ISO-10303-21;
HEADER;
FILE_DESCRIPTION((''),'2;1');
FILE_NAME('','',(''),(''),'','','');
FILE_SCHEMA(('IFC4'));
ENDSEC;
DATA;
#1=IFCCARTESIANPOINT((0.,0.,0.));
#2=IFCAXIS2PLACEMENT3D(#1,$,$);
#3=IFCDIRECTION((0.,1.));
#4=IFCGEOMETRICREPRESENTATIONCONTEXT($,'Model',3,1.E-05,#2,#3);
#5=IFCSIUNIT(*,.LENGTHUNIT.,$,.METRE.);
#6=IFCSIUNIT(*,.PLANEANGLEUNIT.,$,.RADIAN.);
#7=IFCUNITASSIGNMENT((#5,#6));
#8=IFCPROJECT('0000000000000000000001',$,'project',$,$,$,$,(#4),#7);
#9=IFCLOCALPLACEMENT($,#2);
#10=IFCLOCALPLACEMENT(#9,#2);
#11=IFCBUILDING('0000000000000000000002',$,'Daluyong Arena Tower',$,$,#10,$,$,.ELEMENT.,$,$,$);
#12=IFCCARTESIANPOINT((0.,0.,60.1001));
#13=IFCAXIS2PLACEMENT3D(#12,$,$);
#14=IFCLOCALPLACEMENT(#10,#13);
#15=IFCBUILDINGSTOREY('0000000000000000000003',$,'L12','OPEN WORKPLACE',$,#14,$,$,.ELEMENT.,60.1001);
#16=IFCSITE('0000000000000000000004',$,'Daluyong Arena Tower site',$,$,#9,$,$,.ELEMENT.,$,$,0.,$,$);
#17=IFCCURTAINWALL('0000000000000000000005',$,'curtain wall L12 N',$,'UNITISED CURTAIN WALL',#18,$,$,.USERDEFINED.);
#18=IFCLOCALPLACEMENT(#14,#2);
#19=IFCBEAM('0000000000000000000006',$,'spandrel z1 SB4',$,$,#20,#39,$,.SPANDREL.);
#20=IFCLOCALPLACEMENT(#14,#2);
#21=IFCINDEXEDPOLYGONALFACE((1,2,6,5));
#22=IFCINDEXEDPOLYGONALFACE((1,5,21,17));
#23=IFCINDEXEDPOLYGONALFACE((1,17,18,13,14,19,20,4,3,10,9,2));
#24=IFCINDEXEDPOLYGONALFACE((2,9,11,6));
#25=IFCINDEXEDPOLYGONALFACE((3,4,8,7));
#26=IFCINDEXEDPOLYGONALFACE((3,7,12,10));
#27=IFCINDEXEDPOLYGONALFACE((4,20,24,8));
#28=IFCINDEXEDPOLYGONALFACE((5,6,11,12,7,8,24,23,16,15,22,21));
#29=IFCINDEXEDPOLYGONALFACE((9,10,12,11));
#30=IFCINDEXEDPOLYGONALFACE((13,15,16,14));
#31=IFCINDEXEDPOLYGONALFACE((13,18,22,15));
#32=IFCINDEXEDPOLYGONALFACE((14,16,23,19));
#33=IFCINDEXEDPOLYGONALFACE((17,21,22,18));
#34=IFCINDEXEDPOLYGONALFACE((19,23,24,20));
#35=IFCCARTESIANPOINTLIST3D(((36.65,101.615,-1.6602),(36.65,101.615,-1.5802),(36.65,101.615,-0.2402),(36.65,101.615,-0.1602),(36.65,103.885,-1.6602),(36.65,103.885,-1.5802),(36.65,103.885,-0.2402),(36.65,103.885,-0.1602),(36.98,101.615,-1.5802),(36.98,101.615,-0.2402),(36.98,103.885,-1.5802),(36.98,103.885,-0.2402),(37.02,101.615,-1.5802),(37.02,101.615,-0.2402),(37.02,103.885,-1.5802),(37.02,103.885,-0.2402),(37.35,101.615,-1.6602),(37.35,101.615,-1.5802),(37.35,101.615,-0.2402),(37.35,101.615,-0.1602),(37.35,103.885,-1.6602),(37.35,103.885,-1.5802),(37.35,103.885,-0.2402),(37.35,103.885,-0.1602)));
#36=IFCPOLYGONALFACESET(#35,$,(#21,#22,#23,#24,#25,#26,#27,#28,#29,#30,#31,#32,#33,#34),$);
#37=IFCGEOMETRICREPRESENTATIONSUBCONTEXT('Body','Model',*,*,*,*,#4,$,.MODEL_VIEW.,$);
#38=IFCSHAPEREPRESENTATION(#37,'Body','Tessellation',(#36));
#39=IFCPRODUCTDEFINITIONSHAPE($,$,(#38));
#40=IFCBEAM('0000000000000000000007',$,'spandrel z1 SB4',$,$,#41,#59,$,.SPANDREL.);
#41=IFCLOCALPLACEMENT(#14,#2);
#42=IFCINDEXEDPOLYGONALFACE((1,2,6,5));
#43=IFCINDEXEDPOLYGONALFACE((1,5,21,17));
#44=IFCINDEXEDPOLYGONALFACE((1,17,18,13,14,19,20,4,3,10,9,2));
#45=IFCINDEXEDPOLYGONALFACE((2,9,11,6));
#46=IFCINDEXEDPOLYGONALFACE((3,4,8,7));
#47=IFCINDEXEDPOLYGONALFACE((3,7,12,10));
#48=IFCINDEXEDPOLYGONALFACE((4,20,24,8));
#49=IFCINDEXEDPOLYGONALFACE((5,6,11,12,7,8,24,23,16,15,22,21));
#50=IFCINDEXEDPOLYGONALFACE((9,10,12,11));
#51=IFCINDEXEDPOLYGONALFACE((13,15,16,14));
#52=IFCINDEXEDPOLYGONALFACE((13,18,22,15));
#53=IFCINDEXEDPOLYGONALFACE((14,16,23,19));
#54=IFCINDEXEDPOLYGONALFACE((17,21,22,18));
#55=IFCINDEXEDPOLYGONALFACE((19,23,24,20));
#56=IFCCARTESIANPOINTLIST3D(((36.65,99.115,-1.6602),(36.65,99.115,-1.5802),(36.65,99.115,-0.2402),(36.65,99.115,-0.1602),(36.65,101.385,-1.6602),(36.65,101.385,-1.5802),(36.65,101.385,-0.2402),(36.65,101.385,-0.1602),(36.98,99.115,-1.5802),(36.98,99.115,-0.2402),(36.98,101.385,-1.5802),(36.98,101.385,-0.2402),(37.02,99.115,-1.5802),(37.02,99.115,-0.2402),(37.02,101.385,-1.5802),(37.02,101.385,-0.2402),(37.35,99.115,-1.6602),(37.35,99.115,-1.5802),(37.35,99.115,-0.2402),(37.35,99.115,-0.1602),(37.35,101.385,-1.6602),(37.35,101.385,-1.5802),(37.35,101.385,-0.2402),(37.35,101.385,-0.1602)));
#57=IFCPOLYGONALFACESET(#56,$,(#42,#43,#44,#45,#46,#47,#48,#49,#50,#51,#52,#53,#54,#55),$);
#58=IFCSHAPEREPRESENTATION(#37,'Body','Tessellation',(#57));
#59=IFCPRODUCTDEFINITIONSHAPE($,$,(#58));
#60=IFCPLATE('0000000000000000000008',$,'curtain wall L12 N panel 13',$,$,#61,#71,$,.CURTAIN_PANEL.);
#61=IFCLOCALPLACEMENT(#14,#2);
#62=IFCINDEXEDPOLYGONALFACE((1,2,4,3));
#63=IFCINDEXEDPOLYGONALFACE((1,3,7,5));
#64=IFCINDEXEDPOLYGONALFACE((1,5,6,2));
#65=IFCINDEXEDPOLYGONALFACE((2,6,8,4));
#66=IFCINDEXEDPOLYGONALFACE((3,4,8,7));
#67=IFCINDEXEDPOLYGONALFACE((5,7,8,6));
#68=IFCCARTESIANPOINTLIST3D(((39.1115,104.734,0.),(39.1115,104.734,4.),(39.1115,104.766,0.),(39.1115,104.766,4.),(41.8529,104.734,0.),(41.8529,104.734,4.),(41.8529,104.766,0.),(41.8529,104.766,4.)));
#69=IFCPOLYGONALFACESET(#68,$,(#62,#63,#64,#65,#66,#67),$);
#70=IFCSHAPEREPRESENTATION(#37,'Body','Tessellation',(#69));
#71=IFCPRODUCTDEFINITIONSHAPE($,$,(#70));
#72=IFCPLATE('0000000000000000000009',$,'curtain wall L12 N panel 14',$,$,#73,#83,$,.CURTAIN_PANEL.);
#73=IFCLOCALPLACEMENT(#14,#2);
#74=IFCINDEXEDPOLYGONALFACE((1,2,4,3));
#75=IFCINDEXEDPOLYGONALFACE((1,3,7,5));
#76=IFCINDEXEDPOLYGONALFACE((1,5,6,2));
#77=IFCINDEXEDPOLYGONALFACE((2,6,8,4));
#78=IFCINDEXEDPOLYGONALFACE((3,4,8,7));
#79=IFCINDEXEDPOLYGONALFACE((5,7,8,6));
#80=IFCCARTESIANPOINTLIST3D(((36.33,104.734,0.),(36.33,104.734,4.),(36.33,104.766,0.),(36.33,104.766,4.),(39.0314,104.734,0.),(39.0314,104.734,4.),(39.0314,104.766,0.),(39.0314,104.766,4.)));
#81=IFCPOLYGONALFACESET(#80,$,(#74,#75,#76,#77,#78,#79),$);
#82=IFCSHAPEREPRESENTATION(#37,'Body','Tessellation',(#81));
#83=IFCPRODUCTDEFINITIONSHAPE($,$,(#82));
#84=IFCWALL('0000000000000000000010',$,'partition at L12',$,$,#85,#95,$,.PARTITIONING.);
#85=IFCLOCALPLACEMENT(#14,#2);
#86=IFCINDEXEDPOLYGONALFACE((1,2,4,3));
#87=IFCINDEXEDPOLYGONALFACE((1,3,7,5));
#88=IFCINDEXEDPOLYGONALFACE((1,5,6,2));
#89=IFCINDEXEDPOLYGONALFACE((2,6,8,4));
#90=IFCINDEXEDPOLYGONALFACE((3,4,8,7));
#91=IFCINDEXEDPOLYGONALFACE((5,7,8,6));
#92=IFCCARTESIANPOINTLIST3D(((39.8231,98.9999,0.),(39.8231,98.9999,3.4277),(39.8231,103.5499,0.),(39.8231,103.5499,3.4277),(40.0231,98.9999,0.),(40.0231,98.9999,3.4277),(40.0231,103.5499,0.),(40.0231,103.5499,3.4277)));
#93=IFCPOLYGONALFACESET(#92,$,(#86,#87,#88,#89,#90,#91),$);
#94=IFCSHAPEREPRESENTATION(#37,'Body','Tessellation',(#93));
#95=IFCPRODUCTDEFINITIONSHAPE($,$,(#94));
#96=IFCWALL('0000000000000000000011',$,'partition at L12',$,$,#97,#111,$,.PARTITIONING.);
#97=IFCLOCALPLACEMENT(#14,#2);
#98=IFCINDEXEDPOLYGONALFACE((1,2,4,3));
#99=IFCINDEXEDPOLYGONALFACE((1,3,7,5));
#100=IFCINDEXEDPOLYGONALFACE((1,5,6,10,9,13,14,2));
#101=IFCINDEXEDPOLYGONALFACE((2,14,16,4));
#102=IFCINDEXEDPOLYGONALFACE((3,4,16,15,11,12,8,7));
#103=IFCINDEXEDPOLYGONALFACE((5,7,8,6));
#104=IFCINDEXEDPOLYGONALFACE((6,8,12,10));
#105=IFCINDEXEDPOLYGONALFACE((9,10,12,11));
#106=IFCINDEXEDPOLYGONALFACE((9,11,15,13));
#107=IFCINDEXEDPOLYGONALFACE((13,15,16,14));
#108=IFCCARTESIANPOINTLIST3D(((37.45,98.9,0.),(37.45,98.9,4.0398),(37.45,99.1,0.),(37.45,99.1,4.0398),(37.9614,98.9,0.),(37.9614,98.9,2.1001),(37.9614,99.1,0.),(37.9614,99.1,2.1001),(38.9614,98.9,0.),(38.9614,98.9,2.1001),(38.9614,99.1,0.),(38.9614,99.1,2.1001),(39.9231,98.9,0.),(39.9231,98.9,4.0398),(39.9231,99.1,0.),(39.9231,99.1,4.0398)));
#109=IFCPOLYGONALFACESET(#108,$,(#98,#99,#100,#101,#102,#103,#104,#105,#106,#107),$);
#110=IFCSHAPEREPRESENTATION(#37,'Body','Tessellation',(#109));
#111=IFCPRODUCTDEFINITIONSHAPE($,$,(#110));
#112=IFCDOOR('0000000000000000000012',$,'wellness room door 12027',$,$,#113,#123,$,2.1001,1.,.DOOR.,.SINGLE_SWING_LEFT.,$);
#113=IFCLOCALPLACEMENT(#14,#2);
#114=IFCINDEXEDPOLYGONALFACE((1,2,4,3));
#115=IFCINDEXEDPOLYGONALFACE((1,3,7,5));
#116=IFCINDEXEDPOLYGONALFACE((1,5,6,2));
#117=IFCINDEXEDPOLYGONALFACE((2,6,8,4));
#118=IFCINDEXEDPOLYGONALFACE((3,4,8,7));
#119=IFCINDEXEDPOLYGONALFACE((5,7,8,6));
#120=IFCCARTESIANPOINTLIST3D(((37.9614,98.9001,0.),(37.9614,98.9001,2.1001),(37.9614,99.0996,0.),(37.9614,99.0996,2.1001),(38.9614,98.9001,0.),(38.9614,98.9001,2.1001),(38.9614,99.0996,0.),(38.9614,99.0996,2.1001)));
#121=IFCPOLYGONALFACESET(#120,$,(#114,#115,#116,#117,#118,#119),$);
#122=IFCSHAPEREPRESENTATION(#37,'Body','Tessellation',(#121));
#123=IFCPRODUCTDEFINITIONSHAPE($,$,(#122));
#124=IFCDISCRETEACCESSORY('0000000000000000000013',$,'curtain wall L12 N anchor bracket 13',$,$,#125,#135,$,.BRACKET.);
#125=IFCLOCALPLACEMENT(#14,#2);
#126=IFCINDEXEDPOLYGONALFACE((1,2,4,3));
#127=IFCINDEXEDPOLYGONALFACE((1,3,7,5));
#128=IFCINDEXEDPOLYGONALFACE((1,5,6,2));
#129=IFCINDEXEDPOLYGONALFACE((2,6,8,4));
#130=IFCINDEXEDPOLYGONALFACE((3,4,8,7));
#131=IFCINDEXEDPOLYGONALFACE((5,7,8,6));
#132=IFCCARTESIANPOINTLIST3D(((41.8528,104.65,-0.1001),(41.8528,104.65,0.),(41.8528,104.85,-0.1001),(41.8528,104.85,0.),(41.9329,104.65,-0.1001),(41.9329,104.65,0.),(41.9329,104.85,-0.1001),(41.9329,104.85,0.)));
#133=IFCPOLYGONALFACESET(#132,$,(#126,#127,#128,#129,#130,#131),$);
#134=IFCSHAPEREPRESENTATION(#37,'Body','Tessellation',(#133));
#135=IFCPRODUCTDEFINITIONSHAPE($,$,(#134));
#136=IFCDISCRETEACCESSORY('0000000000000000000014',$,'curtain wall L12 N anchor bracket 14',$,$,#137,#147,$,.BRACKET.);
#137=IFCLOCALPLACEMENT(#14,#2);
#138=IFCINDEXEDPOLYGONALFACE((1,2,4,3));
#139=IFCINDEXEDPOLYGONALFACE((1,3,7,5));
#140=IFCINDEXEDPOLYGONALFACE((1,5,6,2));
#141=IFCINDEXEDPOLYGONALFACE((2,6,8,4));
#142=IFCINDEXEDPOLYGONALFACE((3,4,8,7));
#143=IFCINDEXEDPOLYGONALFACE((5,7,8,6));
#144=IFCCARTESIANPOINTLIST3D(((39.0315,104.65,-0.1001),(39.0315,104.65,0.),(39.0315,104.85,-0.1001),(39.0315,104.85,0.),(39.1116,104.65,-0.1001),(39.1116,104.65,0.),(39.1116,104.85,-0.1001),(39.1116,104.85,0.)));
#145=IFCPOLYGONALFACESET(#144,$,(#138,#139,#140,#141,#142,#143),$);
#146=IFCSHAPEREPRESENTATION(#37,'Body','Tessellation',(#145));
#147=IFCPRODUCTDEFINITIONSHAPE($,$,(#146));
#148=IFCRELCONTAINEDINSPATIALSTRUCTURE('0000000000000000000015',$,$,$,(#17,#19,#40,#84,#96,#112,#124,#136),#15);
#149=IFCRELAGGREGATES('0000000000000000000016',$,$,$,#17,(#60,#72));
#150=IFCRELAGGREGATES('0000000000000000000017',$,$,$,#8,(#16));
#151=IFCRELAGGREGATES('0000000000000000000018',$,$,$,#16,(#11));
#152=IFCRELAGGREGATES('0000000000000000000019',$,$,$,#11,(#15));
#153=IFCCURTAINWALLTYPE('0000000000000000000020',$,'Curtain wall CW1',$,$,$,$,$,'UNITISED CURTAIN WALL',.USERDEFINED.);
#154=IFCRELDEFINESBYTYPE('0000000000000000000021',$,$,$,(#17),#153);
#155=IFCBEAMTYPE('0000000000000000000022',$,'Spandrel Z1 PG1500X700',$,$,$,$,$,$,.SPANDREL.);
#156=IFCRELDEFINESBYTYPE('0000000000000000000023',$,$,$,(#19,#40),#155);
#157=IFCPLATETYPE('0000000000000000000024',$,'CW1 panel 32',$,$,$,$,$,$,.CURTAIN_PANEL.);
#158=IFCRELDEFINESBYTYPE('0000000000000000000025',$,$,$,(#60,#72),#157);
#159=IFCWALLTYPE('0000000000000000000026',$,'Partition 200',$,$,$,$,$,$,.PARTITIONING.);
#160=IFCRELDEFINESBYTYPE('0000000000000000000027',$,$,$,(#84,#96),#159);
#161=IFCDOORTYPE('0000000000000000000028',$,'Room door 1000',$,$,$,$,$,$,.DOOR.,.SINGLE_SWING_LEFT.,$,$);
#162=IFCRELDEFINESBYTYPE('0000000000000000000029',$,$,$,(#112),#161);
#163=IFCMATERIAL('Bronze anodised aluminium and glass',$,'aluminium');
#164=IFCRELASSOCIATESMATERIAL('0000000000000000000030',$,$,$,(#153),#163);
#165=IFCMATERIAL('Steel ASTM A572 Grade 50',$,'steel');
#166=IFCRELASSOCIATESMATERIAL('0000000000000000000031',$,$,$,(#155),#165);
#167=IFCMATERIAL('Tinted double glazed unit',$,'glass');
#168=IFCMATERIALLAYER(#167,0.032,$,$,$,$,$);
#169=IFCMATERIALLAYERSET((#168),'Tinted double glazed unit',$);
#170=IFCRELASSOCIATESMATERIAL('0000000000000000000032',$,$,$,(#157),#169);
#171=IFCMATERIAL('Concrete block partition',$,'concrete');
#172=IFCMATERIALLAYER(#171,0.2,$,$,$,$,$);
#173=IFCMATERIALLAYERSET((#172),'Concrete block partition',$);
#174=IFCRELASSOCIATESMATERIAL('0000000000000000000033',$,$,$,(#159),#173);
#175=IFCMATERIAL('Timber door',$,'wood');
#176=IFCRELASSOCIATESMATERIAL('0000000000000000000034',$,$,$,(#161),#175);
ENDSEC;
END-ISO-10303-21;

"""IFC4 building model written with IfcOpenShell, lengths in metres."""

from ifc_helpers import new_model, si_unit, direction, frame, frame_2d, origin, origin_2d, place, context, subcontext, project, spatial, rectangle, i_section, extrude, material, layer, layer_set, material_profile, profile_set, type_object, element, fill, aggregate, save


model = new_model("IFC4")

# Units and contexts
model_context = context("Model", 3, precision=1e-05, world=origin(), true_north=direction((0.0, 1.0)))
body_context = subcontext(model_context, "Body", "Model", "MODEL_VIEW")
ifc_project = project(units=[si_unit("LENGTHUNIT", "METRE"), si_unit("PLANEANGLEUNIT", "RADIAN")], contexts=[model_context])

# Site, building, storey
site_placement = place(None, origin())
site = spatial("IfcSite", under=ifc_project, at=site_placement, Name="Daluyong Arena Tower site", CompositionType="ELEMENT", RefElevation=0.0)
building_placement = place(site_placement, origin())
building = spatial("IfcBuilding", under=site, at=building_placement, Name="Daluyong Arena Tower", CompositionType="ELEMENT")
storey_placement = place(building_placement, frame((0.0, 0.0, 60.1001)))
storey = spatial("IfcBuildingStorey", under=building, at=storey_placement, Name="L12", Description="OPEN WORKPLACE", CompositionType="ELEMENT", Elevation=60.1001)

# Curtain wall
ifc_material_1 = material(Name="Bronze anodised aluminium and glass", Category="aluminium")
curtain_wall_type = type_object("IfcCurtainWallType", Name="Curtain wall CW1", ElementType="UNITISED CURTAIN WALL", PredefinedType="USERDEFINED", material=ifc_material_1)
curtain_wall_placement = place(storey_placement, origin())
curtain_wall = element("IfcCurtainWall", 1, at=curtain_wall_placement, inside=storey, type_object=curtain_wall_type, Name="curtain wall L12 N", ObjectType="UNITISED CURTAIN WALL", PredefinedType="USERDEFINED")

# Beams
ifc_material_2 = material(Name="Steel ASTM A572 Grade 50", Category="steel")
ifc_material_profile_1 = material_profile(ifc_material_2, i_section(OverallWidth=0.7, OverallDepth=1.5, WebThickness=0.04, FlangeThickness=0.08, at=origin_2d()))
ifc_profile_set_1 = profile_set([ifc_material_profile_1], Name="Steel ASTM A572 Grade 50")
beam_type_1 = type_object("IfcBeamType", Name="Spandrel Z1 PG1500X700", PredefinedType="SPANDREL", material=ifc_profile_set_1)
for number, where, z_axis, x_axis, name in (
    (2, (37.0, 103.885, -0.9102), (0.0, -1.0, 0.0), (1.0, 0.0, 0.0), "spandrel z1 SB4"),
    (3, (37.0, 101.385, -0.9102), (0.0, -1.0, 0.0), (1.0, 0.0, 0.0), "spandrel z1 SB4"),
):
    element("IfcBeam", number, at=place(storey_placement, frame(where, z_axis=z_axis, x_axis=x_axis)), inside=storey, type_object=beam_type_1, Name=name, PredefinedType="SPANDREL", context=body_context, shape_type="SweptSolid", body=[
        extrude(i_section(OverallWidth=0.7, OverallDepth=1.5, WebThickness=0.04, FlangeThickness=0.08, at=origin_2d()), origin(), (0.0, 0.0, 1.0), 2.27),
    ])

# Plates
ifc_material_3 = material(Name="Tinted double glazed unit", Category="glass")
ifc_layer_1 = layer(ifc_material_3, 0.032)
ifc_layer_set_1 = layer_set([ifc_layer_1], Name="Tinted double glazed unit")
plate_type = type_object("IfcPlateType", Name="CW1 panel 32", PredefinedType="CURTAIN_PANEL", material=ifc_layer_set_1)
plate_1_placement = place(storey_placement, frame((40.4822, 104.75, 0.0), z_axis=(0.0, 0.0, 1.0), x_axis=(-1.0, 0.0, 0.0)))
plate_1 = element("IfcPlate", 4, at=plate_1_placement, type_object=plate_type, Name="curtain wall L12 N panel 13", PredefinedType="CURTAIN_PANEL", context=body_context, shape_type="SweptSolid", body=[
    extrude(rectangle(XDim=2.7415, YDim=0.032, at=origin_2d()), origin(), (0.0, 0.0, 1.0), 4.0),
])
plate_2_placement = place(storey_placement, frame((37.6807, 104.75, 0.0), z_axis=(0.0, 0.0, 1.0), x_axis=(-1.0, 0.0, 0.0)))
plate_2 = element("IfcPlate", 5, at=plate_2_placement, type_object=plate_type, Name="curtain wall L12 N panel 14", PredefinedType="CURTAIN_PANEL", context=body_context, shape_type="SweptSolid", body=[
    extrude(rectangle(XDim=2.7014, YDim=0.032, at=origin_2d()), origin(), (0.0, 0.0, 1.0), 4.0),
])
aggregate(curtain_wall, [plate_1, plate_2])

# Wall
ifc_material_4 = material(Name="Concrete block partition", Category="concrete")
ifc_layer_2 = layer(ifc_material_4, 0.2)
ifc_layer_set_2 = layer_set([ifc_layer_2], Name="Concrete block partition")
wall_type_1 = type_object("IfcWallType", Name="Partition 200", PredefinedType="PARTITIONING", material=ifc_layer_set_2)
wall_1_placement = place(storey_placement, frame((39.9231, 99.0, 0.0), z_axis=(0.0, 0.0, 1.0), x_axis=(0.0, 1.0, 0.0)))
element("IfcWall", 6, at=wall_1_placement, inside=storey, type_object=wall_type_1, Name="partition at L12", PredefinedType="PARTITIONING", context=body_context, shape_type="SweptSolid", body=[
    extrude(rectangle(XDim=4.55, YDim=0.2, at=frame_2d((2.2749, 0.0))), origin(), (0.0, 0.0, 1.0), 3.4277),
])

# Wall, opening, door
wall_2_placement = place(storey_placement, frame((37.45, 99.0, 0.0), z_axis=(0.0, 0.0, 1.0), x_axis=(1.0, 0.0, 0.0)))
wall_2 = element("IfcWall", 7, at=wall_2_placement, inside=storey, type_object=wall_type_1, Name="partition at L12", PredefinedType="PARTITIONING", context=body_context, shape_type="SweptSolid", body=[
    extrude(rectangle(XDim=2.4731, YDim=0.2, at=frame_2d((1.2366, 0.0))), origin(), (0.0, 0.0, 1.0), 4.0398),
])
opening_1_placement = place(wall_2_placement, frame((0.5115, 0.0, 0.0)))
opening_1 = element("IfcOpeningElement", 8, at=opening_1_placement, cuts=wall_2, PredefinedType="OPENING", context=body_context, shape_type="SweptSolid", body=[
    extrude(rectangle(XDim=1.0, YDim=2.1001, at=frame_2d((0.5, 1.05))), frame((0.0, 0.1099, 0.0), z_axis=(0.0, -1.0, 0.0), x_axis=(1.0, 0.0, 0.0)), (0.0, 0.0, 1.0), 0.22),
])
ifc_material_5 = material(Name="Timber door", Category="wood")
door_type_1 = type_object("IfcDoorType", Name="Room door 1000", OperationType="SINGLE_SWING_LEFT", PredefinedType="DOOR", material=ifc_material_5)
door_1_placement = place(opening_1_placement, origin())
door_1 = element("IfcDoor", 9, at=door_1_placement, inside=storey, type_object=door_type_1, Name="wellness room door 12027", OperationType="SINGLE_SWING_LEFT", OverallHeight=2.1001, OverallWidth=1.0, PredefinedType="DOOR", context=body_context, shape_type="SweptSolid", body=[
    extrude(rectangle(XDim=1.0, YDim=2.1001, at=frame_2d((0.5, 1.05))), frame((0.0, 0.0996, 0.0), z_axis=(0.0, -1.0, 0.0), x_axis=(1.0, 0.0, 0.0)), (0.0, 0.0, 1.0), 0.1995),
])
fill(opening_1, door_1)

# Discrete accessories
for number, where, z_axis, x_axis, name in (
    (10, (41.8928, 104.75, -0.1001), (0.0, 0.0, 1.0), (-1.0, 0.0, 0.0), "curtain wall L12 N anchor bracket 13"),
    (11, (39.0715, 104.75, -0.1001), (0.0, 0.0, 1.0), (-1.0, 0.0, 0.0), "curtain wall L12 N anchor bracket 14"),
):
    element("IfcDiscreteAccessory", number, at=place(storey_placement, frame(where, z_axis=z_axis, x_axis=x_axis)), inside=storey, Name=name, PredefinedType="BRACKET", context=body_context, shape_type="SweptSolid", body=[
        extrude(rectangle(XDim=0.0801, YDim=0.2, at=origin_2d()), origin(), (0.0, 0.0, 1.0), 0.1001),
    ])

save(model, "model.ifc")
